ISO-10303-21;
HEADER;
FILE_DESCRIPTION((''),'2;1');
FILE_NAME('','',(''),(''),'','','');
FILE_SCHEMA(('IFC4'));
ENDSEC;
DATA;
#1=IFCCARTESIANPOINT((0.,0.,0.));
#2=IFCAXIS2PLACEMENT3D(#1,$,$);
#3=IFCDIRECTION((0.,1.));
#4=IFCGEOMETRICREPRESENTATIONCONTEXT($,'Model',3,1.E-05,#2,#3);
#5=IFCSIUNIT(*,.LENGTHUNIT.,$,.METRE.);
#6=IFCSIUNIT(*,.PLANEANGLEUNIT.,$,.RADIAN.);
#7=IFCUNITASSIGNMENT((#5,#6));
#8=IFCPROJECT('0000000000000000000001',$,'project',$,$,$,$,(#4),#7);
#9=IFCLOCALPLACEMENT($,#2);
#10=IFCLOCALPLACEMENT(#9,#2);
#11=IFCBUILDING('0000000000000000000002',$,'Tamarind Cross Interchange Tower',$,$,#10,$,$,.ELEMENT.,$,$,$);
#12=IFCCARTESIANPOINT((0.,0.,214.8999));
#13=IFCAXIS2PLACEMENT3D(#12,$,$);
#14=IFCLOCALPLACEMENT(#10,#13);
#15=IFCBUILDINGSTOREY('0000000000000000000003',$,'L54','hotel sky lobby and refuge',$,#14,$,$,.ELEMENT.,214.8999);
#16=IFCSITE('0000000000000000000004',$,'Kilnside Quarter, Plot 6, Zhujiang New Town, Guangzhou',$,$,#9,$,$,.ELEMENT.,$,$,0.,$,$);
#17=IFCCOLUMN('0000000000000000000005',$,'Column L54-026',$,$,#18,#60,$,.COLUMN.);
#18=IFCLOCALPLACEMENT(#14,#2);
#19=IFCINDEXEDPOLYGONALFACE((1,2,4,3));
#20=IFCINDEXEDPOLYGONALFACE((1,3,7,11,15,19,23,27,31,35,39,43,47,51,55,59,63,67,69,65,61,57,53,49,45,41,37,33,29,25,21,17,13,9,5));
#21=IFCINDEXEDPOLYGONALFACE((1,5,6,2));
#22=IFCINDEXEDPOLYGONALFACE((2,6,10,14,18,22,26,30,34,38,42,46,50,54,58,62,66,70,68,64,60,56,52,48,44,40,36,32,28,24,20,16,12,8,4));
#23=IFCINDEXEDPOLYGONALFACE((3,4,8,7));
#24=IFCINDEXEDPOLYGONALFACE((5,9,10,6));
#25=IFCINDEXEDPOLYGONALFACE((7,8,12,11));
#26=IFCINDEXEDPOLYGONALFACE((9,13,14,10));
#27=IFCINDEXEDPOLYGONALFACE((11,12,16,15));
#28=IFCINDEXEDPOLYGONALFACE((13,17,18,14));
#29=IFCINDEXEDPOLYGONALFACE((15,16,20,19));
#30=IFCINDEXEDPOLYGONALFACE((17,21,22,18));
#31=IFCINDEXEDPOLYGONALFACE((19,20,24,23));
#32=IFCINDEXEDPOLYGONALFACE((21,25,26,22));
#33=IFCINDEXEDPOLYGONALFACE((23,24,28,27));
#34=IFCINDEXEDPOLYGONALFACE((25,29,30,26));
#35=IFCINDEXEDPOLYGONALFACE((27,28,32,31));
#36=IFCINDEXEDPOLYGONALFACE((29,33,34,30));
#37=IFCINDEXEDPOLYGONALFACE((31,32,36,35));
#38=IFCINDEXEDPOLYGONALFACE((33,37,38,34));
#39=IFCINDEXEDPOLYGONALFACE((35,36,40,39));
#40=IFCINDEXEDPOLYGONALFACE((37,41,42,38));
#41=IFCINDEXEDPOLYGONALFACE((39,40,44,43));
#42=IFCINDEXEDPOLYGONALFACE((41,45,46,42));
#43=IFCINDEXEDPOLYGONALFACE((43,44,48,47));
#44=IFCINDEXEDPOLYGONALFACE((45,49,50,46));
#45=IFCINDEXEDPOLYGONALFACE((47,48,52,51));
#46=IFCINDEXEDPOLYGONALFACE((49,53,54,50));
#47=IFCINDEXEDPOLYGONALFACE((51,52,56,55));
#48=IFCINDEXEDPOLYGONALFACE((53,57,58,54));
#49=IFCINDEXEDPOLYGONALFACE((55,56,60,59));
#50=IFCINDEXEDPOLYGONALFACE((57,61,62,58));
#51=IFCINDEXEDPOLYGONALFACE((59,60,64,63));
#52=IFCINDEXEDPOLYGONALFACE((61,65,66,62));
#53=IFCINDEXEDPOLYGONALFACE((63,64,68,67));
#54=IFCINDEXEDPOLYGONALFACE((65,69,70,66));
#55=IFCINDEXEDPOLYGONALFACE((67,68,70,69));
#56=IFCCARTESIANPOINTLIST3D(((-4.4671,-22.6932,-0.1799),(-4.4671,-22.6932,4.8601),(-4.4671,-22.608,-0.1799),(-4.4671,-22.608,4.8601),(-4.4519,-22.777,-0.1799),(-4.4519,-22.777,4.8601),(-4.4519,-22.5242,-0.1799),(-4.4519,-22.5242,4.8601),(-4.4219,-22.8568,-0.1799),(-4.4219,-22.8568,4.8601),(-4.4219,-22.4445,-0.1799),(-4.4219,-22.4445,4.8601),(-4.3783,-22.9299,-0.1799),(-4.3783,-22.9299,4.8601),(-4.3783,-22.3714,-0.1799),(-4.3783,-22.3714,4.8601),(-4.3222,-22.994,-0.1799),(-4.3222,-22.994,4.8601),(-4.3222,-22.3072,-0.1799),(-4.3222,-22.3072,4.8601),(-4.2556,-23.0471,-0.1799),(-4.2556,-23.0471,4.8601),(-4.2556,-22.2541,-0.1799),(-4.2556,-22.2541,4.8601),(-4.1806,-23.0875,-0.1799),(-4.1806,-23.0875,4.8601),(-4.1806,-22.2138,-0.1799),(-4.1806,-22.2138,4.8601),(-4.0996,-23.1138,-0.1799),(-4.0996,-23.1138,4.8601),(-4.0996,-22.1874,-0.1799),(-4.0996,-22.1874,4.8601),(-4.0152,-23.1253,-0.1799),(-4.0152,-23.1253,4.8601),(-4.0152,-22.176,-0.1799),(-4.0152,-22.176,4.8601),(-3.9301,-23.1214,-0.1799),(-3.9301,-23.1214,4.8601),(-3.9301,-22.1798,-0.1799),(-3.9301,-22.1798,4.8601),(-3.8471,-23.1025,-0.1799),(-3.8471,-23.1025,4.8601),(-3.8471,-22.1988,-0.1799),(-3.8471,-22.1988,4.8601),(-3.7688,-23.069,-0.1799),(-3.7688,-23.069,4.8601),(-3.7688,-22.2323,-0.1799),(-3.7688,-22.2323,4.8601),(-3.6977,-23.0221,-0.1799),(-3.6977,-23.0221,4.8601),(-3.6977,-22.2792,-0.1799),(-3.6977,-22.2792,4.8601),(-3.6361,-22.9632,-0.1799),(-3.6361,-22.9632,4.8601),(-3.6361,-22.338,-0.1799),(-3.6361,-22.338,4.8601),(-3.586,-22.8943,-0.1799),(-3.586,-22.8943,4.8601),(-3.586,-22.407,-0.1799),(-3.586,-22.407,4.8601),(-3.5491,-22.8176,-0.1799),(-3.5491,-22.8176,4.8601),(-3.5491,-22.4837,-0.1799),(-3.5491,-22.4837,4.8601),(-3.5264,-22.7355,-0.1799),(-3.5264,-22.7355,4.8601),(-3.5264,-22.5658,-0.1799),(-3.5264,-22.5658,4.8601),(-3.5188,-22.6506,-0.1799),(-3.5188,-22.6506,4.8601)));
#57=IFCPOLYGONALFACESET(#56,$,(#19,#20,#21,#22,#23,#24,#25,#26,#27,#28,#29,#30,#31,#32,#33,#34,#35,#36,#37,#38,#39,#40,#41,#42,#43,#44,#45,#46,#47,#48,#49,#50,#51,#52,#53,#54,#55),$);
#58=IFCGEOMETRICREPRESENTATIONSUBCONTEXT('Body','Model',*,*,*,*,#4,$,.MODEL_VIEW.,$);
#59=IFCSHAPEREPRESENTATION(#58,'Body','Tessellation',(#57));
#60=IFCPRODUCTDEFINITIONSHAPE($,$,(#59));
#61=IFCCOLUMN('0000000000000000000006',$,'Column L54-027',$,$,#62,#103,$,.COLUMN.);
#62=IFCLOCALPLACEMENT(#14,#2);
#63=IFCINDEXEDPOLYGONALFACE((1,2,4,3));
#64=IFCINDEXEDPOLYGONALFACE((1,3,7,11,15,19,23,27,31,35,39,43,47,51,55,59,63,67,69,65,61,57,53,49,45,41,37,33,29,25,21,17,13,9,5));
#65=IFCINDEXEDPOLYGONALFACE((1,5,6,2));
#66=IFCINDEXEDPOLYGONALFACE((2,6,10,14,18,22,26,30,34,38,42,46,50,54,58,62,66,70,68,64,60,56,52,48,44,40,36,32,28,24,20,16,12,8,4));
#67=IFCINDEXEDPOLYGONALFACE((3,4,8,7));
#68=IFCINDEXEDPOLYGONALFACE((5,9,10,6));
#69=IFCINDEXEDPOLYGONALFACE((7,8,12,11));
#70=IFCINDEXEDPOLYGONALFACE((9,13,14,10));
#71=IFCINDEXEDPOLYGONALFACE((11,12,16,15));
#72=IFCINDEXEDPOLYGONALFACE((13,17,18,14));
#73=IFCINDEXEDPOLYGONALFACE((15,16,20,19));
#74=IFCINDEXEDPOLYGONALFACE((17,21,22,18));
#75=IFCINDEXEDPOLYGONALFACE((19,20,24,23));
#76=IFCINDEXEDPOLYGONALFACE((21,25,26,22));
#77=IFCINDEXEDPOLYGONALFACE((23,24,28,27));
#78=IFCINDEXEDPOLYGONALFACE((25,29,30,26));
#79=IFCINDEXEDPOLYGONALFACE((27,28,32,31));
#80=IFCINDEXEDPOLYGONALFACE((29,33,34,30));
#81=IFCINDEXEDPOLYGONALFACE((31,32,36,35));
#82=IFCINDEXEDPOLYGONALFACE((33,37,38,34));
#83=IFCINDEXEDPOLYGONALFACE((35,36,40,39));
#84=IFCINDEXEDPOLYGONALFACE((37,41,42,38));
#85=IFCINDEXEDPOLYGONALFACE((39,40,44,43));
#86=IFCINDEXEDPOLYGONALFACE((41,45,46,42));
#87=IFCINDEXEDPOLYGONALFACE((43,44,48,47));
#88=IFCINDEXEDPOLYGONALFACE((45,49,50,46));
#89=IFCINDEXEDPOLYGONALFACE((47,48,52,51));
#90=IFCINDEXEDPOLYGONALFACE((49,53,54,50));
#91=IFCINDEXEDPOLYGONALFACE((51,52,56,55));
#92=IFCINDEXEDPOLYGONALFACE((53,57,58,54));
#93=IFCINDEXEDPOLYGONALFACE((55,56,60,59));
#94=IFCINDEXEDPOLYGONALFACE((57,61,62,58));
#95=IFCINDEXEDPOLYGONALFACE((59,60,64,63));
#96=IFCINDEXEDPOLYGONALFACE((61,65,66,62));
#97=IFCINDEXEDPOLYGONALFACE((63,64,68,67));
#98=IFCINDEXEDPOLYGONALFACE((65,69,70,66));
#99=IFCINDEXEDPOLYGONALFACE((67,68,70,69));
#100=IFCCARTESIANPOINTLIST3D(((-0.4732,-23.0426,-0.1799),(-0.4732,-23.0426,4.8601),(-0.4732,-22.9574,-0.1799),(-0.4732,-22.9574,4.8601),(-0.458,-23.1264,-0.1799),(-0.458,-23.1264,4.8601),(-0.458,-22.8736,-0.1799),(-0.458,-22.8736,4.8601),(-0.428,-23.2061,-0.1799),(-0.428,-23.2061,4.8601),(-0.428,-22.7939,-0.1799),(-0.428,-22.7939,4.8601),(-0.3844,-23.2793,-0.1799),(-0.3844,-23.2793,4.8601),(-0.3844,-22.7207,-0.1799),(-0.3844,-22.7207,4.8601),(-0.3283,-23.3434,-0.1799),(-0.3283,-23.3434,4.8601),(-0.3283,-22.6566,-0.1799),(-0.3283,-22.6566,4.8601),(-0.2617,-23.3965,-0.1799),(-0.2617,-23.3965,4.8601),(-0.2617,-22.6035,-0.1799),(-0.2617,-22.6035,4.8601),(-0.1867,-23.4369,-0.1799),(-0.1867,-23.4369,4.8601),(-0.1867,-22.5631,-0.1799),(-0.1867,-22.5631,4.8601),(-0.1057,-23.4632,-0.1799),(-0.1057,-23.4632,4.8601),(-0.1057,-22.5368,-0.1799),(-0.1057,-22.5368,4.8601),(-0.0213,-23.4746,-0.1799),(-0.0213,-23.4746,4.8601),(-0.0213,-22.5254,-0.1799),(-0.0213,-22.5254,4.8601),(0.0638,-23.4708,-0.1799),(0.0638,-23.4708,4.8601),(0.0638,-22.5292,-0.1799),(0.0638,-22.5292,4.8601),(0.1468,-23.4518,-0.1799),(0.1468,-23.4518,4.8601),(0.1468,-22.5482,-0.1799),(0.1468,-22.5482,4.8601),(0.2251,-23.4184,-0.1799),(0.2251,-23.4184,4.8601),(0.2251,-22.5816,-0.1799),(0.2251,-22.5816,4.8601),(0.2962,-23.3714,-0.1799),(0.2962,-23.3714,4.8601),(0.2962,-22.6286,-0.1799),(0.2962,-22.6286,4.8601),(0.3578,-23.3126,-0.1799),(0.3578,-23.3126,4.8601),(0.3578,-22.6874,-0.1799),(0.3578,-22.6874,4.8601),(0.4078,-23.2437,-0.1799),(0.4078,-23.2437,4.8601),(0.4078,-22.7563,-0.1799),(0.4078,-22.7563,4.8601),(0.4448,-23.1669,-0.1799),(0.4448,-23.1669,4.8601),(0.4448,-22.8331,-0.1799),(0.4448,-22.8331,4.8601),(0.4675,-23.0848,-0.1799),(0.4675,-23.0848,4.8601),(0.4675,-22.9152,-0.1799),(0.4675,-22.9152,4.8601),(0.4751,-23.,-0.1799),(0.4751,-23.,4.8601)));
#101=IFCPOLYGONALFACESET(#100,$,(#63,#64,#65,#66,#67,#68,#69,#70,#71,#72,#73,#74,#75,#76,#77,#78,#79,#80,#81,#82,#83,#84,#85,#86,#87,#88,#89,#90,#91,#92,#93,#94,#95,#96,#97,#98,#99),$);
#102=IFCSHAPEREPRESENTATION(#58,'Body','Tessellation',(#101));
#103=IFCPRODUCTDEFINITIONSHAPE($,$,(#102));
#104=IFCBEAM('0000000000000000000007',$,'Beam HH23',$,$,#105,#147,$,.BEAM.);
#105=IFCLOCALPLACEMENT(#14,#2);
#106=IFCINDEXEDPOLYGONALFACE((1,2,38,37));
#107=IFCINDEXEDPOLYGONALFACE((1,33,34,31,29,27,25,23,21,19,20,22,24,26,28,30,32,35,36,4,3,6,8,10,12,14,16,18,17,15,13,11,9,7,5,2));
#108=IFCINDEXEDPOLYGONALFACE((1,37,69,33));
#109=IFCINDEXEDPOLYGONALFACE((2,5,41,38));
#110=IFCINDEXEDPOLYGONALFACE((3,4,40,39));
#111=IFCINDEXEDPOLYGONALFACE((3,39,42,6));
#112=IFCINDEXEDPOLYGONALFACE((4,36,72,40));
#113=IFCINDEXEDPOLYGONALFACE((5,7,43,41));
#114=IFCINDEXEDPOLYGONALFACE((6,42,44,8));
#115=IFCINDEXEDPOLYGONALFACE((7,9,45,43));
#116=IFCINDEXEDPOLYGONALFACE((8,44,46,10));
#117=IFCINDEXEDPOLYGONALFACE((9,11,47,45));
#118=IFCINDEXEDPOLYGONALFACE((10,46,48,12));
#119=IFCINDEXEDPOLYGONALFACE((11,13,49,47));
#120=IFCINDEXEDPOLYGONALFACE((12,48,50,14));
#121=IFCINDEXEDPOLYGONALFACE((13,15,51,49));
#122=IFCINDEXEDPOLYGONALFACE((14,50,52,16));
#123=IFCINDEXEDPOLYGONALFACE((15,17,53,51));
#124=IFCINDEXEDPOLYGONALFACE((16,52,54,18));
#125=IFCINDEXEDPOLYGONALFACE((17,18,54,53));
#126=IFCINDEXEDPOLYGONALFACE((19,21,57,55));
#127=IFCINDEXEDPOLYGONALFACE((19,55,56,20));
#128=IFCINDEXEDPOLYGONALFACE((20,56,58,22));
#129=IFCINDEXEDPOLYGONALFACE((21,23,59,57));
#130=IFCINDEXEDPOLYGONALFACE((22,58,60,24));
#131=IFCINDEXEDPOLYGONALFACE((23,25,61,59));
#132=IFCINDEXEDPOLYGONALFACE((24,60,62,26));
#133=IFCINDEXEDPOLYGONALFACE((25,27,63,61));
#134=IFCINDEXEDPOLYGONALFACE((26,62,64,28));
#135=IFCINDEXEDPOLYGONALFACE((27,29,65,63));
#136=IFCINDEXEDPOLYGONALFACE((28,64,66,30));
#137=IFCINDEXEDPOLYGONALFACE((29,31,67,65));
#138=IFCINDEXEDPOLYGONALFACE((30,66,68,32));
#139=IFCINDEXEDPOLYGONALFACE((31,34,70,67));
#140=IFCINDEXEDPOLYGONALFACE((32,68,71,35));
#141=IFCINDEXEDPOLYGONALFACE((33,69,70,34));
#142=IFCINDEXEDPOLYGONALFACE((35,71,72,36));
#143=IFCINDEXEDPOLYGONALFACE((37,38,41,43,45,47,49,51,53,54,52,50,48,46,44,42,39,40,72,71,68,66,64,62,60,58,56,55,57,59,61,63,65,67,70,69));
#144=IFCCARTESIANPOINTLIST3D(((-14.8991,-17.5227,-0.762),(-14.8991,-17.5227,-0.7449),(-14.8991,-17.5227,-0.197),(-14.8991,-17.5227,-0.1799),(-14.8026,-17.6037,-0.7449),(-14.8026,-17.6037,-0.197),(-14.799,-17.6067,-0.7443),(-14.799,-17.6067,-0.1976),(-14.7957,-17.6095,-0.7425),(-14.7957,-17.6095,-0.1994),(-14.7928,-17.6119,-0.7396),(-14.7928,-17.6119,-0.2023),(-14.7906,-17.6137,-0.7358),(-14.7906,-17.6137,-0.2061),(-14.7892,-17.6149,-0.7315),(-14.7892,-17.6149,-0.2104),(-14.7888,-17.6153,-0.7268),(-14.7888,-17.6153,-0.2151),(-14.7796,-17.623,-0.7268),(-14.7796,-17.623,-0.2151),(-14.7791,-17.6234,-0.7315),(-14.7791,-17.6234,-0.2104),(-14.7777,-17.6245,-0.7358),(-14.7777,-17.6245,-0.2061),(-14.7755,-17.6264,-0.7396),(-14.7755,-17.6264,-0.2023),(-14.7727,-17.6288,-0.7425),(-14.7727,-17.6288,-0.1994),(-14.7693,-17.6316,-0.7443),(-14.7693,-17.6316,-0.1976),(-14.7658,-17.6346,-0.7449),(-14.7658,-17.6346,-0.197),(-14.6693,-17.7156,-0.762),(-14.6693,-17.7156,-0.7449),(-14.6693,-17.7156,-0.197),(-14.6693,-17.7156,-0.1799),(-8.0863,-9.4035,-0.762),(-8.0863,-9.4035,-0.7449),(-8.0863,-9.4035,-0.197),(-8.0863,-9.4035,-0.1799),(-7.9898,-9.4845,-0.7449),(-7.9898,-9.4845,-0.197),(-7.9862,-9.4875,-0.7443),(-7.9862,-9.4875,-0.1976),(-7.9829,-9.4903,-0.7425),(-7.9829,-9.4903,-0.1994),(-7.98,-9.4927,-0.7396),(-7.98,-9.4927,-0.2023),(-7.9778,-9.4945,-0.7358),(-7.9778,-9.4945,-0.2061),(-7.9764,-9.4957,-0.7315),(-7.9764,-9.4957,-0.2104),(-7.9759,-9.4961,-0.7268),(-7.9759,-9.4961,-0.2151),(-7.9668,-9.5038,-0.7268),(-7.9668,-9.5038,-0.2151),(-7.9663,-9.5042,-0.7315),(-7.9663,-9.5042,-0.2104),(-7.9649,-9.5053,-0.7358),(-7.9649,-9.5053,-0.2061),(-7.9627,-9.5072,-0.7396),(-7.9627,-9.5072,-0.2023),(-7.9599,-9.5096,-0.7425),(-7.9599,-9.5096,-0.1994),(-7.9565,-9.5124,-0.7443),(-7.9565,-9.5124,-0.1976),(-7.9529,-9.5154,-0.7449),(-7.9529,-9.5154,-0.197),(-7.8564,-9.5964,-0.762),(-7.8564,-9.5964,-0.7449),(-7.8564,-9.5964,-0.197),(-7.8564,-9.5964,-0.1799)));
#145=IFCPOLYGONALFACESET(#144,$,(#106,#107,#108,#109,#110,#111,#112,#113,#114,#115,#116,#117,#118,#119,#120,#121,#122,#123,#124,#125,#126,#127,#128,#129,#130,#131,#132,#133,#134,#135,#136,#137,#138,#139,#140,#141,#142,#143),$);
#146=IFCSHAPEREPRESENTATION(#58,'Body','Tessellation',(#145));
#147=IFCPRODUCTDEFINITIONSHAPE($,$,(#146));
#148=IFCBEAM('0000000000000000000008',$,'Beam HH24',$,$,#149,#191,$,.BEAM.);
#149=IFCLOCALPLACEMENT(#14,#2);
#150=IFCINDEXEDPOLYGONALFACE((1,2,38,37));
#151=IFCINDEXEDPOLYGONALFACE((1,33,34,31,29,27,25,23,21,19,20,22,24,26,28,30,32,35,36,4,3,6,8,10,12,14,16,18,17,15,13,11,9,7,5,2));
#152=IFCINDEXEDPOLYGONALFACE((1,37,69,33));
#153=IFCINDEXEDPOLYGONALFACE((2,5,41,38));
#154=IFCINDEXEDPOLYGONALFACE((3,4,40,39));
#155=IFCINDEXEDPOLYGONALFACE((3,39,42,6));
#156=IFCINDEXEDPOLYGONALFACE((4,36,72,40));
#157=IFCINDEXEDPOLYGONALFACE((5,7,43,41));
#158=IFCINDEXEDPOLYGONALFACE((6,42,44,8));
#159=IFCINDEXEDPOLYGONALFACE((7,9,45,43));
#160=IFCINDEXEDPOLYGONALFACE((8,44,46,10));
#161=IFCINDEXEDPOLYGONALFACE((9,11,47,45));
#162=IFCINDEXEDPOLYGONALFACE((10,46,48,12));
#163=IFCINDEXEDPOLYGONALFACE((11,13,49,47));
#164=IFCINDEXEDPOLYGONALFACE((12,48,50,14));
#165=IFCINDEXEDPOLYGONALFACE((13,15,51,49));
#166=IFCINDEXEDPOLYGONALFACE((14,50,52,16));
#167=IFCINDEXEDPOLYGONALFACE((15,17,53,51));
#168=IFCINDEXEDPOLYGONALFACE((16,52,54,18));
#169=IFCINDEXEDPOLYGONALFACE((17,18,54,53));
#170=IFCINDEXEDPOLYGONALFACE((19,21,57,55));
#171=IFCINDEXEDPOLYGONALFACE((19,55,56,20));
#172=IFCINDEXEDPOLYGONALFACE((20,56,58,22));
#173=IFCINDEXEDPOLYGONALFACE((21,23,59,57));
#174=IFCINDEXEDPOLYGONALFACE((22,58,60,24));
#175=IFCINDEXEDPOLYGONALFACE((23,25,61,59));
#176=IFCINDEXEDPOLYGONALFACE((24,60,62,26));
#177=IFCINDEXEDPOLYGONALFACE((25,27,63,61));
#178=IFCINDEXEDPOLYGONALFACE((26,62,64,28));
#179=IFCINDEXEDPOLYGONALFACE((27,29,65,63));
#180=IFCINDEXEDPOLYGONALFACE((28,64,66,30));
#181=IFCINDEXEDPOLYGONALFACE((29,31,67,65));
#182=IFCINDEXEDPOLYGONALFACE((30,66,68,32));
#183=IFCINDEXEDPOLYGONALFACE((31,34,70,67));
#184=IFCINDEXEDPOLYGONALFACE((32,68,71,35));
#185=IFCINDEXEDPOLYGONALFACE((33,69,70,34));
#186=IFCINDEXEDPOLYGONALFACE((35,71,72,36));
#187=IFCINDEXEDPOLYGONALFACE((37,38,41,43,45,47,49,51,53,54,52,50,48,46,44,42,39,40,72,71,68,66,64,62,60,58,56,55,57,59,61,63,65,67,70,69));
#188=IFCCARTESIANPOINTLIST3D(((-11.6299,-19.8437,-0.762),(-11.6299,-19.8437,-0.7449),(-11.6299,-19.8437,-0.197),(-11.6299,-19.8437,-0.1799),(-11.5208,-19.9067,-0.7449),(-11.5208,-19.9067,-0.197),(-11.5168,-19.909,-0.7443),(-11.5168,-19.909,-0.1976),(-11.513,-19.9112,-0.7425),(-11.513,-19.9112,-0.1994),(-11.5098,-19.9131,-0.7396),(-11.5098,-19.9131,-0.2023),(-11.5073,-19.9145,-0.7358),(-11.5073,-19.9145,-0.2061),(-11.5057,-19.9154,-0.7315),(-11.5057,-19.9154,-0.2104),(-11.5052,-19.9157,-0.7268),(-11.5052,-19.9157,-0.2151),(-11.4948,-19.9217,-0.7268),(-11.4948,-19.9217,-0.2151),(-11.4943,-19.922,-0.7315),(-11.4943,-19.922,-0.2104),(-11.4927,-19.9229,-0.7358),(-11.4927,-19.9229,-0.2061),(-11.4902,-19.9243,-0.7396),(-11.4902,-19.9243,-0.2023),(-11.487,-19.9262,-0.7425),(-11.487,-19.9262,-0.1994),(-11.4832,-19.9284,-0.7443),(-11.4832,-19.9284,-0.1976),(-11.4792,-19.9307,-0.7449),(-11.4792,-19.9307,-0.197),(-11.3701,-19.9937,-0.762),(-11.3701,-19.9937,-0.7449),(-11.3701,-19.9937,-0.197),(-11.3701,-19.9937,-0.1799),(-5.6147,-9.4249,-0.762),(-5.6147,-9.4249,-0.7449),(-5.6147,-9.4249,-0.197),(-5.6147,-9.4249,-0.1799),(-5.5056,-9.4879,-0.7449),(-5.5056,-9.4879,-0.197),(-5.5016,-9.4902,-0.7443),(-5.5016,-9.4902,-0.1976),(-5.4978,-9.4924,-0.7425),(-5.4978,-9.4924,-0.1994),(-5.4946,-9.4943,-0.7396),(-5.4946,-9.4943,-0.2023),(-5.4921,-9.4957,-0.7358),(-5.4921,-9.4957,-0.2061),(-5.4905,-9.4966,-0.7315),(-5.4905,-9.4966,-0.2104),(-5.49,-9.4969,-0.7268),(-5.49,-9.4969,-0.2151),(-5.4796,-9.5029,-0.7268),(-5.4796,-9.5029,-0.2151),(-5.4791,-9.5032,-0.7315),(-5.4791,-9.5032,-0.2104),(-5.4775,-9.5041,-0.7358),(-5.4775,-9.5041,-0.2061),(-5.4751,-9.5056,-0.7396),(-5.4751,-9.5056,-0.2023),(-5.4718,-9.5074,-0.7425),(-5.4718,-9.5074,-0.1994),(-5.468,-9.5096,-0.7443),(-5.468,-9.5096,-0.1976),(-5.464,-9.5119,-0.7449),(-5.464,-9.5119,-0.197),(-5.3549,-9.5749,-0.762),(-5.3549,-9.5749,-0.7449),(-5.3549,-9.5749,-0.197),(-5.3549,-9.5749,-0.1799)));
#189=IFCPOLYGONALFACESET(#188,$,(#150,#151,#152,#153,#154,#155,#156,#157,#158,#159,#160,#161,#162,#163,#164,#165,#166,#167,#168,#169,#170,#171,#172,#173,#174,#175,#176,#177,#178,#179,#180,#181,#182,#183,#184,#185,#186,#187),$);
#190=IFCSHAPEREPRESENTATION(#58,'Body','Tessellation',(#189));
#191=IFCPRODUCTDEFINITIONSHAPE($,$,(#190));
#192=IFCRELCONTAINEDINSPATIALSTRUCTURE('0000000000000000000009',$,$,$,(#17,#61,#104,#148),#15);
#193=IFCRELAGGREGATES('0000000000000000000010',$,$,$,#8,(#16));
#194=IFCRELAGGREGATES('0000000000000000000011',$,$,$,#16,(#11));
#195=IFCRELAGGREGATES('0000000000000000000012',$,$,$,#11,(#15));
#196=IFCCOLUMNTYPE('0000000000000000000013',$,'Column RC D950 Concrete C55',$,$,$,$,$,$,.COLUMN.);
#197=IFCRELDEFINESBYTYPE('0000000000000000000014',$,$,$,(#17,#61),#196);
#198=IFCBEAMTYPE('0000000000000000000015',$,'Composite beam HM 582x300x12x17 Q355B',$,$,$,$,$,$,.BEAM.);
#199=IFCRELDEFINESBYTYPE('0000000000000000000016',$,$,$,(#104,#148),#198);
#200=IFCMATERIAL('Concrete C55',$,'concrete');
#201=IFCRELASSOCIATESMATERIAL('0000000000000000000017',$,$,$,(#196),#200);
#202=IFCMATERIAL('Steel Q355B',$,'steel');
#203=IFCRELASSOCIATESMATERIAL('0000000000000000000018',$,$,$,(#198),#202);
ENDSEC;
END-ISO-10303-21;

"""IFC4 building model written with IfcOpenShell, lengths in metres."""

from ifc_helpers import new_model, si_unit, direction, frame, origin, origin_2d, place, context, subcontext, project, spatial, circle, i_section, extrude, material, material_profile, profile_set, type_object, element, save


model = new_model("IFC4")

# Units and contexts
model_context = context("Model", 3, precision=1e-05, world=origin(), true_north=direction((0.0, 1.0)))
body_context = subcontext(model_context, "Body", "Model", "MODEL_VIEW")
ifc_project = project(units=[si_unit("LENGTHUNIT", "METRE"), si_unit("PLANEANGLEUNIT", "RADIAN")], contexts=[model_context])

# Site, building, storey
site_placement = place(None, origin())
site = spatial("IfcSite", under=ifc_project, at=site_placement, Name="Kilnside Quarter, Plot 6, Zhujiang New Town, Guangzhou", CompositionType="ELEMENT", RefElevation=0.0)
building_placement = place(site_placement, origin())
building = spatial("IfcBuilding", under=site, at=building_placement, Name="Tamarind Cross Interchange Tower", CompositionType="ELEMENT")
storey_placement = place(building_placement, frame((0.0, 0.0, 214.8999)))
storey = spatial("IfcBuildingStorey", under=building, at=storey_placement, Name="L54", Description="hotel sky lobby and refuge", CompositionType="ELEMENT", Elevation=214.8999)

# Columns
ifc_material_1 = material(Name="Concrete C55", Category="concrete")
ifc_material_profile_1 = material_profile(ifc_material_1, circle(Radius=0.4751, at=origin_2d()), Name="RC D950")
ifc_profile_set_1 = profile_set([ifc_material_profile_1], Name="Concrete C55")
column_type = type_object("IfcColumnType", Name="Column RC D950 Concrete C55", PredefinedType="COLUMN", material=ifc_profile_set_1)
for number, where, z_axis, x_axis, name in (
    (1, (-3.9939, -22.6506, -0.1799), (0.0, 0.0, 1.0), (1.0, 0.0, 0.0), "Column L54-026"),
    (2, (0.0, -23.0, -0.1799), (0.0, 0.0, 1.0), (1.0, 0.0, 0.0), "Column L54-027"),
):
    element("IfcColumn", number, at=place(storey_placement, frame(where, z_axis=z_axis, x_axis=x_axis)), inside=storey, type_object=column_type, Name=name, PredefinedType="COLUMN", context=body_context, shape_type="SweptSolid", body=[
        extrude(circle(Radius=0.4751, at=origin_2d()), origin(), (0.0, 0.0, 1.0), 5.04),
    ])

# Beams
ifc_material_2 = material(Name="Steel Q355B", Category="steel")
ifc_material_profile_2 = material_profile(ifc_material_2, i_section(OverallWidth=0.3, OverallDepth=0.582, WebThickness=0.012, FlangeThickness=0.0171, FilletRadius=0.0181, at=origin_2d()), Name="HM 582x300x12x17")
ifc_profile_set_2 = profile_set([ifc_material_profile_2], Name="Steel Q355B")
beam_type = type_object("IfcBeamType", Name="Composite beam HM 582x300x12x17 Q355B", PredefinedType="BEAM", material=ifc_profile_set_2)
beam_1_placement = place(storey_placement, frame((-14.7842, -17.6191, -0.4709), z_axis=(0.642786, 0.766046, 0.0), x_axis=(-0.766046, 0.642786, 0.0)))
element("IfcBeam", 3, at=beam_1_placement, inside=storey, type_object=beam_type, Name="Beam HH23", PredefinedType="BEAM", context=body_context, shape_type="SweptSolid", body=[
    extrude(i_section(OverallWidth=0.3, OverallDepth=0.582, WebThickness=0.012, FlangeThickness=0.0171, FilletRadius=0.0181, at=origin_2d()), origin(), (0.0, 0.0, 1.0), 10.5989),
])
beam_2_placement = place(storey_placement, frame((-11.5, -19.9187, -0.4709), z_axis=(0.499994, 0.866029, 0.0), x_axis=(-0.866029, 0.499994, 0.0)))
element("IfcBeam", 4, at=beam_2_placement, inside=storey, type_object=beam_type, Name="Beam HH24", PredefinedType="BEAM", context=body_context, shape_type="SweptSolid", body=[
    extrude(i_section(OverallWidth=0.3, OverallDepth=0.582, WebThickness=0.012, FlangeThickness=0.0171, FilletRadius=0.0181, at=origin_2d()), origin(), (0.0, 0.0, 1.0), 12.0305),
])

save(model, "model.ifc")
